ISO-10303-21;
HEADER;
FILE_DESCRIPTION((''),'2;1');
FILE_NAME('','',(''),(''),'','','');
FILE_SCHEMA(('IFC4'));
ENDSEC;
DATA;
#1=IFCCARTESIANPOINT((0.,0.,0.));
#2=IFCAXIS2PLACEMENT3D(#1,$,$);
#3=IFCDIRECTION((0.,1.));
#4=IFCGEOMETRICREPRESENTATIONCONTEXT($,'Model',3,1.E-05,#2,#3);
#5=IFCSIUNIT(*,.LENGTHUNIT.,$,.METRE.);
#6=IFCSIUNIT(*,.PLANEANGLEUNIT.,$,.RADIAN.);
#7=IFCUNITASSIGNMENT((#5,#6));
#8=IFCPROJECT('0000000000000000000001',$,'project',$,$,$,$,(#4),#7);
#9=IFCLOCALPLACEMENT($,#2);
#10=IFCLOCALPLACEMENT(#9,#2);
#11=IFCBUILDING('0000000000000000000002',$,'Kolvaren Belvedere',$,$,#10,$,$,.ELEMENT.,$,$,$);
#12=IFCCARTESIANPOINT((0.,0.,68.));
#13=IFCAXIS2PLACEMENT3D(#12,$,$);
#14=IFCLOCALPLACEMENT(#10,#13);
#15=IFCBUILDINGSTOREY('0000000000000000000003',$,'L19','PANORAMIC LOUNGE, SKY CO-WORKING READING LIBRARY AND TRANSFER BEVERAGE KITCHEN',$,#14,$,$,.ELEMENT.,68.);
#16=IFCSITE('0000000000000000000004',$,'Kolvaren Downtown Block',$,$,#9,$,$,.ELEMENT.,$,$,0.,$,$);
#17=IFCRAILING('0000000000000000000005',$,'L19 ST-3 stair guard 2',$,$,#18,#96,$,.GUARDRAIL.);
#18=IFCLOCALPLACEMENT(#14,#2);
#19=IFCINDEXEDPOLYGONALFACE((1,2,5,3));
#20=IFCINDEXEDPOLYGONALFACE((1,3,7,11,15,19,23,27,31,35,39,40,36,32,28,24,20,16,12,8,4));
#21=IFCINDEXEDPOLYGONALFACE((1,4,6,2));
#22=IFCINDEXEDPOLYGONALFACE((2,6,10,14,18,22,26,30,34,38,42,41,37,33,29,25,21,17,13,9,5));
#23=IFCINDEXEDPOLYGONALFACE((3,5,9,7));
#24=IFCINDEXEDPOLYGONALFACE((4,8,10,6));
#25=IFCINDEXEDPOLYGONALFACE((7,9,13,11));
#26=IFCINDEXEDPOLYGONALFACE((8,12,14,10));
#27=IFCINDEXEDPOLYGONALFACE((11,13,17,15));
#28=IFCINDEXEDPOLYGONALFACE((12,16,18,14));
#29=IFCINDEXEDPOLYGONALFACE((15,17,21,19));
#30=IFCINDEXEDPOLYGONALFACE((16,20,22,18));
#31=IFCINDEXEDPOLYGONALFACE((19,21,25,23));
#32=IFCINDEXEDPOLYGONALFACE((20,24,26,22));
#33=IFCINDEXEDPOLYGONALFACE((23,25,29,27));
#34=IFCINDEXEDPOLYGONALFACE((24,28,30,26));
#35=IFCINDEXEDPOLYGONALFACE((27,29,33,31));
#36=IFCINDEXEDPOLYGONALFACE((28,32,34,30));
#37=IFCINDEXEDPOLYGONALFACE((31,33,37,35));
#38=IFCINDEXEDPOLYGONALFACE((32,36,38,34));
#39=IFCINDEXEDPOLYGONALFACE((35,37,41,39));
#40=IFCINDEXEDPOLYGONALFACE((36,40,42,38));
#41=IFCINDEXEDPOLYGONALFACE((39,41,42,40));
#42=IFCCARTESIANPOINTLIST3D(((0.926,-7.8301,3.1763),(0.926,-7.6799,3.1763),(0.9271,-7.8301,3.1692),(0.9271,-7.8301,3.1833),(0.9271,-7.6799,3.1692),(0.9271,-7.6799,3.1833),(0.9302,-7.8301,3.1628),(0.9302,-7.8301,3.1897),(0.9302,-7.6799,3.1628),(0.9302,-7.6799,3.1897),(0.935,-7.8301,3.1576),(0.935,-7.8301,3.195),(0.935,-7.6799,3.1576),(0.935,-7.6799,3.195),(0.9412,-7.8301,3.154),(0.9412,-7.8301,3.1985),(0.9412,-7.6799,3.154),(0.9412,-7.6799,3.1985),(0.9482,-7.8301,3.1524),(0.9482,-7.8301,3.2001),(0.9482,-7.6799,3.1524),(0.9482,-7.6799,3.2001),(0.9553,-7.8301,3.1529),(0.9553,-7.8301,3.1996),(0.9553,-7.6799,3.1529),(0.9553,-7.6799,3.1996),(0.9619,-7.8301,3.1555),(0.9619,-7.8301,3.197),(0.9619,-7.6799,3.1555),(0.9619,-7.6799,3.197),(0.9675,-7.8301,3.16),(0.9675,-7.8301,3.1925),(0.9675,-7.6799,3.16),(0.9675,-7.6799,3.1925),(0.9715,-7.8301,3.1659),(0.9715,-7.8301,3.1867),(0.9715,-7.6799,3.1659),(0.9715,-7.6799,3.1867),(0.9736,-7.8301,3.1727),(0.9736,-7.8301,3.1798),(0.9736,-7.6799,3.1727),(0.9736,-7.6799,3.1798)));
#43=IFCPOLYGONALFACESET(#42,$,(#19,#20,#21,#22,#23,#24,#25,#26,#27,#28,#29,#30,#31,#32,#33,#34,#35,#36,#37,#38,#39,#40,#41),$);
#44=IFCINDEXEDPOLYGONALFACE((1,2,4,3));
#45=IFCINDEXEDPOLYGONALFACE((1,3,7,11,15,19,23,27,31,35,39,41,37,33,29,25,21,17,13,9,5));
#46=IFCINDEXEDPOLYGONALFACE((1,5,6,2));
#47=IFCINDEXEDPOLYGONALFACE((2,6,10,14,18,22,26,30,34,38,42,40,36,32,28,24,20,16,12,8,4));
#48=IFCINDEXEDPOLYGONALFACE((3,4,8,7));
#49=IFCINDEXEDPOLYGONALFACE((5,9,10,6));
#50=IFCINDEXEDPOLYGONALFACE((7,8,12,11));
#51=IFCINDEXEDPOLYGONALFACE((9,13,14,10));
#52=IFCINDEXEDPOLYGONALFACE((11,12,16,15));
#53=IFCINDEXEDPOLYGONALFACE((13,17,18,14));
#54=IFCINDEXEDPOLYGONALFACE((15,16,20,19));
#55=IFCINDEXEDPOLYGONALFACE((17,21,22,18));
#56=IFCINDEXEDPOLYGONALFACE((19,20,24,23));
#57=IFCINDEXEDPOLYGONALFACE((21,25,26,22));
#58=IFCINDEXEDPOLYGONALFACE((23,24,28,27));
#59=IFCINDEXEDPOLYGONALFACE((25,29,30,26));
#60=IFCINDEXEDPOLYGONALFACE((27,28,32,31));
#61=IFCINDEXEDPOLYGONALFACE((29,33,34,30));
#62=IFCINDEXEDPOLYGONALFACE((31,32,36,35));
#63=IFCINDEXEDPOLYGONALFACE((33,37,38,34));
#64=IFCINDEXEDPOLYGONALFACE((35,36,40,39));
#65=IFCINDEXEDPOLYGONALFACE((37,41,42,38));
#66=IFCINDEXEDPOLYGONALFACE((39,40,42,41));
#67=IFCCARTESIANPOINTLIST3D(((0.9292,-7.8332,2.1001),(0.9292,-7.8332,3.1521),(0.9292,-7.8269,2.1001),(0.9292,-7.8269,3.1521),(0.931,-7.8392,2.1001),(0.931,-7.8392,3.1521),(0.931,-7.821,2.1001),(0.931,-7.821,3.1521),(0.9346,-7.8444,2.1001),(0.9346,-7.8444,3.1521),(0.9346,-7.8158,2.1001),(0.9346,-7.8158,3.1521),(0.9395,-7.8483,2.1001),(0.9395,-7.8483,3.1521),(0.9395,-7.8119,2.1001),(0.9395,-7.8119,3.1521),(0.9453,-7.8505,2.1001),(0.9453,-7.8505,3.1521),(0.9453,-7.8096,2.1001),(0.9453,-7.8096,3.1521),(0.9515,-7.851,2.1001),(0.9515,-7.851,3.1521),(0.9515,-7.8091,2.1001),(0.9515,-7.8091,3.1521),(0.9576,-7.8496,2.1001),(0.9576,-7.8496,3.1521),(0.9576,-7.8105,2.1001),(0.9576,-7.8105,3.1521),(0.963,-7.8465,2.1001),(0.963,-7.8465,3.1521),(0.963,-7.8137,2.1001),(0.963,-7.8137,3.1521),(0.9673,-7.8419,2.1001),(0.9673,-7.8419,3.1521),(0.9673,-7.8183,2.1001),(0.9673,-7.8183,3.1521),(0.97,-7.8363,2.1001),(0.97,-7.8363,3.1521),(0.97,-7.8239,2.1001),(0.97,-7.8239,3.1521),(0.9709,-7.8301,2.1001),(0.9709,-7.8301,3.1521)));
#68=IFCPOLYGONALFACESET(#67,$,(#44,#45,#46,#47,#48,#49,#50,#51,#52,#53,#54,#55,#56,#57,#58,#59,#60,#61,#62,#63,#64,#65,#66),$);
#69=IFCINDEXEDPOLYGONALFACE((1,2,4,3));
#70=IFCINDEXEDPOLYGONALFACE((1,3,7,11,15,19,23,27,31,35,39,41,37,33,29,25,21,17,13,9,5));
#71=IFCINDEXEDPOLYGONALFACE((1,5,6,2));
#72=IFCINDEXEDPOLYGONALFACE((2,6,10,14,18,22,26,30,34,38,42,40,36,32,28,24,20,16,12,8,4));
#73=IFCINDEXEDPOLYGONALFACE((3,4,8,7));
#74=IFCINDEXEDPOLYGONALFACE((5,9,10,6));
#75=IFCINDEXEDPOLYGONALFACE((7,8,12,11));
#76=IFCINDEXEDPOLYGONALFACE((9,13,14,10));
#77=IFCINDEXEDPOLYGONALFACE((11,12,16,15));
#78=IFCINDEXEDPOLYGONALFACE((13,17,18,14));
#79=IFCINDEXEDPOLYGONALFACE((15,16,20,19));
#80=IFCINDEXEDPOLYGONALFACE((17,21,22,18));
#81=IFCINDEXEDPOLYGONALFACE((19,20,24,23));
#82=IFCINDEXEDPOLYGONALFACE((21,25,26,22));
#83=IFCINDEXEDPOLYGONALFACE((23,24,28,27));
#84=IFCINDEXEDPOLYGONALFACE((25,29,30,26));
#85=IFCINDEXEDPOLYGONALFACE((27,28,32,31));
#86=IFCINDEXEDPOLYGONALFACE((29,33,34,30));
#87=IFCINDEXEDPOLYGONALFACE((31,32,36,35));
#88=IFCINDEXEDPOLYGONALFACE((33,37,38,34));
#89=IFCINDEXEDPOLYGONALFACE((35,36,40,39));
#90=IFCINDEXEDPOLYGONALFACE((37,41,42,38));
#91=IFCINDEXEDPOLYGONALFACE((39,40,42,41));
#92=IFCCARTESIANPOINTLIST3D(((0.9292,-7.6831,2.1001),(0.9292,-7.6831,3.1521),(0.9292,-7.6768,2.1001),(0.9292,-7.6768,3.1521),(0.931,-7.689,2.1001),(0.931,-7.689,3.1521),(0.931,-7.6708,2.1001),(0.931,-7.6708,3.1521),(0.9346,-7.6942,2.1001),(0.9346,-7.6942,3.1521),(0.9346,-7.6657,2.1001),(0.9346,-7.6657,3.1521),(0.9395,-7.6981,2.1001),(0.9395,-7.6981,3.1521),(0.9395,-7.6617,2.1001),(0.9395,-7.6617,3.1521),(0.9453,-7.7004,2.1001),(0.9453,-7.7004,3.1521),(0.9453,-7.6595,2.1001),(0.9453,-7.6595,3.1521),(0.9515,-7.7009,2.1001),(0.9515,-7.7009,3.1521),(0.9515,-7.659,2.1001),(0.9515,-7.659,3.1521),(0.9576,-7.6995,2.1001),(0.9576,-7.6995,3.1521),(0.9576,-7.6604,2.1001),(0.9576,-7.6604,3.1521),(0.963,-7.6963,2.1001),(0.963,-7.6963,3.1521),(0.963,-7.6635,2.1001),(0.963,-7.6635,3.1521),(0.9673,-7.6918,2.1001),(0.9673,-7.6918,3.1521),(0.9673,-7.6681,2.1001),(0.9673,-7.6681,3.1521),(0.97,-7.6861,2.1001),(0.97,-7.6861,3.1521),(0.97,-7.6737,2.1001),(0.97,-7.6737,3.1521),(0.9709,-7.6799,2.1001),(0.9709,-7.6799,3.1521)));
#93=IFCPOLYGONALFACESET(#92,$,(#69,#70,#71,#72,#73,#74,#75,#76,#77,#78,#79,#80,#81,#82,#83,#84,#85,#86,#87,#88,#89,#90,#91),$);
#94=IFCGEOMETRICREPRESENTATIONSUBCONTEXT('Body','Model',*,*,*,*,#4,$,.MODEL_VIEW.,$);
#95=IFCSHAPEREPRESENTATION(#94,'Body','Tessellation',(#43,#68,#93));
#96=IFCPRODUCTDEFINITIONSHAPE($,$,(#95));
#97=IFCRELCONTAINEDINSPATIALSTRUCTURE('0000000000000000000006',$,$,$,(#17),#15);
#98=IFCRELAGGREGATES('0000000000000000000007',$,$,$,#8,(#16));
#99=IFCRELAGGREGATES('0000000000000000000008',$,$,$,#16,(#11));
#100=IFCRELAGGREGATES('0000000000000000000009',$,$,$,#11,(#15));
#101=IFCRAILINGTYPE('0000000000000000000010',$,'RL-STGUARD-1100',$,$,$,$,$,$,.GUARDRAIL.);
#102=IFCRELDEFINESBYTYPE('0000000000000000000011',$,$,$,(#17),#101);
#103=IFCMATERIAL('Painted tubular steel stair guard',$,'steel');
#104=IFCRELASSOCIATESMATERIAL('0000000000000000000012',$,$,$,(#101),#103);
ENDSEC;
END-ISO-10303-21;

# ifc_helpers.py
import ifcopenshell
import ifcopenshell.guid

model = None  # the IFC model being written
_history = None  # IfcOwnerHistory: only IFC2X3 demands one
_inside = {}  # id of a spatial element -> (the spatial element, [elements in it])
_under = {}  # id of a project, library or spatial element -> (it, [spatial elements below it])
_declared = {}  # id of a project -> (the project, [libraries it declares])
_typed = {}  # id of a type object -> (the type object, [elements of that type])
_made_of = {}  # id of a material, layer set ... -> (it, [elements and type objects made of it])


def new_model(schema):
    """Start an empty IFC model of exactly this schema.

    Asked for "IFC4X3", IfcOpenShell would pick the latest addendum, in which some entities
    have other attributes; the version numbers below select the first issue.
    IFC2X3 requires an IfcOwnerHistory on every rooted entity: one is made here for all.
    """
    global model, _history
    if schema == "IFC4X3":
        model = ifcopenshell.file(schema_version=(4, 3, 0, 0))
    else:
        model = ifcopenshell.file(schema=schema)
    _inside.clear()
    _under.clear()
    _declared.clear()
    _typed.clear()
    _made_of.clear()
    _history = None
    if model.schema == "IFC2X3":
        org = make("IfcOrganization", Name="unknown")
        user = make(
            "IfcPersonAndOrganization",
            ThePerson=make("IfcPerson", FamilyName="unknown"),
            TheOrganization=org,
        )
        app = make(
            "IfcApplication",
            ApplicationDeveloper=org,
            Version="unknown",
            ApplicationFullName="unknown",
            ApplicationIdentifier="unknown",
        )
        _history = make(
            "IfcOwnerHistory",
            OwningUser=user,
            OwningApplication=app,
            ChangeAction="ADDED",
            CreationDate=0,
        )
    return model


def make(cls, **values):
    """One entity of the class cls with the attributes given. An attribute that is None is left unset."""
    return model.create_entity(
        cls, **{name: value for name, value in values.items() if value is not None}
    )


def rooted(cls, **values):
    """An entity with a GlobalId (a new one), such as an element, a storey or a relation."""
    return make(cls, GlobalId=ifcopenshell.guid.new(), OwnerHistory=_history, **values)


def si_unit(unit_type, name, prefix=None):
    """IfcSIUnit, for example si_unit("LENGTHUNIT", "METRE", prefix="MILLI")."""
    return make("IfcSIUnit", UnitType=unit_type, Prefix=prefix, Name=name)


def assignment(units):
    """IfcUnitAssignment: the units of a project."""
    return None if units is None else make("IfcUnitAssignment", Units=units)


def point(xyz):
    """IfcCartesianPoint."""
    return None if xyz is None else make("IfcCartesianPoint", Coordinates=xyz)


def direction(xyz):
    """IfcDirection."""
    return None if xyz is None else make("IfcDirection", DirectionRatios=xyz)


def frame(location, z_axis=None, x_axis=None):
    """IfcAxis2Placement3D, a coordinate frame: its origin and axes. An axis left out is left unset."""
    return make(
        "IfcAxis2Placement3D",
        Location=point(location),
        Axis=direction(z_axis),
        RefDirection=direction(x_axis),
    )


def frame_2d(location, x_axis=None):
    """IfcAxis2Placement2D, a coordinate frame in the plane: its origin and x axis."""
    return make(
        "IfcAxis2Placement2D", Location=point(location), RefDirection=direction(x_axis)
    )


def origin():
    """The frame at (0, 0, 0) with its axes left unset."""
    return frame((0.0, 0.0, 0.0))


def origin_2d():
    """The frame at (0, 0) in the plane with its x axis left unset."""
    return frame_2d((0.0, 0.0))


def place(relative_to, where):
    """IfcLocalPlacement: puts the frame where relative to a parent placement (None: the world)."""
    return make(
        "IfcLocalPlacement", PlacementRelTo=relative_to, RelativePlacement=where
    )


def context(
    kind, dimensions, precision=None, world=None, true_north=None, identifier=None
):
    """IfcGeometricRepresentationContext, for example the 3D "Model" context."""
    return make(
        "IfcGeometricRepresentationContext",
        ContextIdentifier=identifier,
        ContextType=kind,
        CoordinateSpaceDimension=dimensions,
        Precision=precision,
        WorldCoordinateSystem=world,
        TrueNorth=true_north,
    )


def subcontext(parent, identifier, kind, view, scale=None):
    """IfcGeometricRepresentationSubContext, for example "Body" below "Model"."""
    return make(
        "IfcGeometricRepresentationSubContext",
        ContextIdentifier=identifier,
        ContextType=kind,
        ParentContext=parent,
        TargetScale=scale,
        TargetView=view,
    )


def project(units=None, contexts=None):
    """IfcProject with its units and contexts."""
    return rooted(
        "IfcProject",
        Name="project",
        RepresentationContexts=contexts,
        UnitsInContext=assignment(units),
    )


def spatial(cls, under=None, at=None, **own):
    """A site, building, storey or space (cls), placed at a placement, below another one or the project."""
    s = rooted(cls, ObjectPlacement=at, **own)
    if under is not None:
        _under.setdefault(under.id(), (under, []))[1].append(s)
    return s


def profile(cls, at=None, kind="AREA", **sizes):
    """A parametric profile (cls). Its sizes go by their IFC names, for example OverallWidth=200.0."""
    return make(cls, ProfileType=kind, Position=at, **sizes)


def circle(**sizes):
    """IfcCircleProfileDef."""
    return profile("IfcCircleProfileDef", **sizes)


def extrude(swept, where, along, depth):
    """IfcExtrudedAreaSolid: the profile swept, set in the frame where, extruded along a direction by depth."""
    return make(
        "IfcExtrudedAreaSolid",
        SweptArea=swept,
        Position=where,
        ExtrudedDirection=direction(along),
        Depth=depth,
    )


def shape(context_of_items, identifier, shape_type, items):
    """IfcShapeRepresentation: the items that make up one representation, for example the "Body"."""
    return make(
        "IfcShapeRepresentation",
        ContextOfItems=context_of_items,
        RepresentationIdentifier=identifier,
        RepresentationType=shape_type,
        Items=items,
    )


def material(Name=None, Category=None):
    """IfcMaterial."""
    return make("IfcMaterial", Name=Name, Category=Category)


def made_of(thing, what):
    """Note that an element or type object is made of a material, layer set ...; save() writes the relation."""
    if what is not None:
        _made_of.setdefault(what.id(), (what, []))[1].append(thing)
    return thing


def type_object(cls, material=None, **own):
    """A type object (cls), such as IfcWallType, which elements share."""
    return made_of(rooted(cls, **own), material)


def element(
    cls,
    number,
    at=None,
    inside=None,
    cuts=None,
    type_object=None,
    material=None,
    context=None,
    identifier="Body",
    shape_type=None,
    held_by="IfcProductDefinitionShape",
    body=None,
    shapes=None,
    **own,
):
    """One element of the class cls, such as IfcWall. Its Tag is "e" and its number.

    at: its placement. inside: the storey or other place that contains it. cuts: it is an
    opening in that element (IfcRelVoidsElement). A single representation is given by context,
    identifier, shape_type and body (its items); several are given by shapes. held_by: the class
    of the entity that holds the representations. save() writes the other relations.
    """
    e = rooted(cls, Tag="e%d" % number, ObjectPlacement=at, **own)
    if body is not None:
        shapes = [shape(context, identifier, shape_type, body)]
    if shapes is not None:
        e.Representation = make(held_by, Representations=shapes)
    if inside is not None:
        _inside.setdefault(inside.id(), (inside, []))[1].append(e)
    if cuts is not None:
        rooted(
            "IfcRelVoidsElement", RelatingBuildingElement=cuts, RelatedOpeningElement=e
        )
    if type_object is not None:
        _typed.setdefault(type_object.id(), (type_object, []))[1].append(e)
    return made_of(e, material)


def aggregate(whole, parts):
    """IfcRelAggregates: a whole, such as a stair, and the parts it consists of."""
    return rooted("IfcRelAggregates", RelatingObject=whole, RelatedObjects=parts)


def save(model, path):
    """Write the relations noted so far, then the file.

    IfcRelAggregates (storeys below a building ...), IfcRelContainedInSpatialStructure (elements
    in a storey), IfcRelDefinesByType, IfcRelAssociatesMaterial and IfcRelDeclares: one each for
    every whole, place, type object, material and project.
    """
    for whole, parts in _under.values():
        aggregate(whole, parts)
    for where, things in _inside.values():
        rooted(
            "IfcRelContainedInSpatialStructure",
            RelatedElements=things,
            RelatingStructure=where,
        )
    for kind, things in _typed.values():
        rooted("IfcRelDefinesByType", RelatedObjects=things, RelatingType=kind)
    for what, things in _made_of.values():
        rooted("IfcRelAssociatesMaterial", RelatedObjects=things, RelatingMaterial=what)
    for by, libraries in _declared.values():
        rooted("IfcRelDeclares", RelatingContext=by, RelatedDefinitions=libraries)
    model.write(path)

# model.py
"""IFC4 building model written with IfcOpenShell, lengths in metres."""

from ifc_helpers import new_model, si_unit, direction, frame, origin, origin_2d, place, context, subcontext, project, spatial, circle, extrude, material, type_object, element, save


model = new_model("IFC4")

# Units and contexts
model_context = context("Model", 3, precision=1e-05, world=origin(), true_north=direction((0.0, 1.0)))
body_context = subcontext(model_context, "Body", "Model", "MODEL_VIEW")
ifc_project = project(units=[si_unit("LENGTHUNIT", "METRE"), si_unit("PLANEANGLEUNIT", "RADIAN")], contexts=[model_context])

# Site, building, storey
site_placement = place(None, origin())
site = spatial("IfcSite", under=ifc_project, at=site_placement, Name="Kolvaren Downtown Block", CompositionType="ELEMENT", RefElevation=0.0)
building_placement = place(site_placement, origin())
building = spatial("IfcBuilding", under=site, at=building_placement, Name="Kolvaren Belvedere", CompositionType="ELEMENT")
storey_placement = place(building_placement, frame((0.0, 0.0, 68.0)))
storey = spatial("IfcBuildingStorey", under=building, at=storey_placement, Name="L19", Description="PANORAMIC LOUNGE, SKY CO-WORKING READING LIBRARY AND TRANSFER BEVERAGE KITCHEN", CompositionType="ELEMENT", Elevation=68.0)

# Railing
ifc_material_1 = material(Name="Painted tubular steel stair guard", Category="steel")
railing_type_1 = type_object("IfcRailingType", Name="RL-STGUARD-1100", PredefinedType="GUARDRAIL", material=ifc_material_1)
railing_1_placement = place(storey_placement, frame((0.95, -7.8301, 2.1001)))
element("IfcRailing", 1, at=railing_1_placement, inside=storey, type_object=railing_type_1, Name="L19 ST-3 stair guard 2", PredefinedType="GUARDRAIL", context=body_context, shape_type="SweptSolid", body=[
    extrude(circle(Radius=0.0239, at=origin_2d()), frame((0.0, 0.0, 1.0762), z_axis=(0.0, 1.0, 0.0), x_axis=(-1.0, 0.0, 0.0)), (0.0, 0.0, 1.0), 0.1501),
    extrude(circle(Radius=0.021, at=origin_2d()), origin(), (0.0, 0.0, 1.0), 1.052),
    extrude(circle(Radius=0.021, at=origin_2d()), frame((0.0, 0.1501, 0.0)), (0.0, 0.0, 1.0), 1.052),
])

save(model, "model.ifc")
